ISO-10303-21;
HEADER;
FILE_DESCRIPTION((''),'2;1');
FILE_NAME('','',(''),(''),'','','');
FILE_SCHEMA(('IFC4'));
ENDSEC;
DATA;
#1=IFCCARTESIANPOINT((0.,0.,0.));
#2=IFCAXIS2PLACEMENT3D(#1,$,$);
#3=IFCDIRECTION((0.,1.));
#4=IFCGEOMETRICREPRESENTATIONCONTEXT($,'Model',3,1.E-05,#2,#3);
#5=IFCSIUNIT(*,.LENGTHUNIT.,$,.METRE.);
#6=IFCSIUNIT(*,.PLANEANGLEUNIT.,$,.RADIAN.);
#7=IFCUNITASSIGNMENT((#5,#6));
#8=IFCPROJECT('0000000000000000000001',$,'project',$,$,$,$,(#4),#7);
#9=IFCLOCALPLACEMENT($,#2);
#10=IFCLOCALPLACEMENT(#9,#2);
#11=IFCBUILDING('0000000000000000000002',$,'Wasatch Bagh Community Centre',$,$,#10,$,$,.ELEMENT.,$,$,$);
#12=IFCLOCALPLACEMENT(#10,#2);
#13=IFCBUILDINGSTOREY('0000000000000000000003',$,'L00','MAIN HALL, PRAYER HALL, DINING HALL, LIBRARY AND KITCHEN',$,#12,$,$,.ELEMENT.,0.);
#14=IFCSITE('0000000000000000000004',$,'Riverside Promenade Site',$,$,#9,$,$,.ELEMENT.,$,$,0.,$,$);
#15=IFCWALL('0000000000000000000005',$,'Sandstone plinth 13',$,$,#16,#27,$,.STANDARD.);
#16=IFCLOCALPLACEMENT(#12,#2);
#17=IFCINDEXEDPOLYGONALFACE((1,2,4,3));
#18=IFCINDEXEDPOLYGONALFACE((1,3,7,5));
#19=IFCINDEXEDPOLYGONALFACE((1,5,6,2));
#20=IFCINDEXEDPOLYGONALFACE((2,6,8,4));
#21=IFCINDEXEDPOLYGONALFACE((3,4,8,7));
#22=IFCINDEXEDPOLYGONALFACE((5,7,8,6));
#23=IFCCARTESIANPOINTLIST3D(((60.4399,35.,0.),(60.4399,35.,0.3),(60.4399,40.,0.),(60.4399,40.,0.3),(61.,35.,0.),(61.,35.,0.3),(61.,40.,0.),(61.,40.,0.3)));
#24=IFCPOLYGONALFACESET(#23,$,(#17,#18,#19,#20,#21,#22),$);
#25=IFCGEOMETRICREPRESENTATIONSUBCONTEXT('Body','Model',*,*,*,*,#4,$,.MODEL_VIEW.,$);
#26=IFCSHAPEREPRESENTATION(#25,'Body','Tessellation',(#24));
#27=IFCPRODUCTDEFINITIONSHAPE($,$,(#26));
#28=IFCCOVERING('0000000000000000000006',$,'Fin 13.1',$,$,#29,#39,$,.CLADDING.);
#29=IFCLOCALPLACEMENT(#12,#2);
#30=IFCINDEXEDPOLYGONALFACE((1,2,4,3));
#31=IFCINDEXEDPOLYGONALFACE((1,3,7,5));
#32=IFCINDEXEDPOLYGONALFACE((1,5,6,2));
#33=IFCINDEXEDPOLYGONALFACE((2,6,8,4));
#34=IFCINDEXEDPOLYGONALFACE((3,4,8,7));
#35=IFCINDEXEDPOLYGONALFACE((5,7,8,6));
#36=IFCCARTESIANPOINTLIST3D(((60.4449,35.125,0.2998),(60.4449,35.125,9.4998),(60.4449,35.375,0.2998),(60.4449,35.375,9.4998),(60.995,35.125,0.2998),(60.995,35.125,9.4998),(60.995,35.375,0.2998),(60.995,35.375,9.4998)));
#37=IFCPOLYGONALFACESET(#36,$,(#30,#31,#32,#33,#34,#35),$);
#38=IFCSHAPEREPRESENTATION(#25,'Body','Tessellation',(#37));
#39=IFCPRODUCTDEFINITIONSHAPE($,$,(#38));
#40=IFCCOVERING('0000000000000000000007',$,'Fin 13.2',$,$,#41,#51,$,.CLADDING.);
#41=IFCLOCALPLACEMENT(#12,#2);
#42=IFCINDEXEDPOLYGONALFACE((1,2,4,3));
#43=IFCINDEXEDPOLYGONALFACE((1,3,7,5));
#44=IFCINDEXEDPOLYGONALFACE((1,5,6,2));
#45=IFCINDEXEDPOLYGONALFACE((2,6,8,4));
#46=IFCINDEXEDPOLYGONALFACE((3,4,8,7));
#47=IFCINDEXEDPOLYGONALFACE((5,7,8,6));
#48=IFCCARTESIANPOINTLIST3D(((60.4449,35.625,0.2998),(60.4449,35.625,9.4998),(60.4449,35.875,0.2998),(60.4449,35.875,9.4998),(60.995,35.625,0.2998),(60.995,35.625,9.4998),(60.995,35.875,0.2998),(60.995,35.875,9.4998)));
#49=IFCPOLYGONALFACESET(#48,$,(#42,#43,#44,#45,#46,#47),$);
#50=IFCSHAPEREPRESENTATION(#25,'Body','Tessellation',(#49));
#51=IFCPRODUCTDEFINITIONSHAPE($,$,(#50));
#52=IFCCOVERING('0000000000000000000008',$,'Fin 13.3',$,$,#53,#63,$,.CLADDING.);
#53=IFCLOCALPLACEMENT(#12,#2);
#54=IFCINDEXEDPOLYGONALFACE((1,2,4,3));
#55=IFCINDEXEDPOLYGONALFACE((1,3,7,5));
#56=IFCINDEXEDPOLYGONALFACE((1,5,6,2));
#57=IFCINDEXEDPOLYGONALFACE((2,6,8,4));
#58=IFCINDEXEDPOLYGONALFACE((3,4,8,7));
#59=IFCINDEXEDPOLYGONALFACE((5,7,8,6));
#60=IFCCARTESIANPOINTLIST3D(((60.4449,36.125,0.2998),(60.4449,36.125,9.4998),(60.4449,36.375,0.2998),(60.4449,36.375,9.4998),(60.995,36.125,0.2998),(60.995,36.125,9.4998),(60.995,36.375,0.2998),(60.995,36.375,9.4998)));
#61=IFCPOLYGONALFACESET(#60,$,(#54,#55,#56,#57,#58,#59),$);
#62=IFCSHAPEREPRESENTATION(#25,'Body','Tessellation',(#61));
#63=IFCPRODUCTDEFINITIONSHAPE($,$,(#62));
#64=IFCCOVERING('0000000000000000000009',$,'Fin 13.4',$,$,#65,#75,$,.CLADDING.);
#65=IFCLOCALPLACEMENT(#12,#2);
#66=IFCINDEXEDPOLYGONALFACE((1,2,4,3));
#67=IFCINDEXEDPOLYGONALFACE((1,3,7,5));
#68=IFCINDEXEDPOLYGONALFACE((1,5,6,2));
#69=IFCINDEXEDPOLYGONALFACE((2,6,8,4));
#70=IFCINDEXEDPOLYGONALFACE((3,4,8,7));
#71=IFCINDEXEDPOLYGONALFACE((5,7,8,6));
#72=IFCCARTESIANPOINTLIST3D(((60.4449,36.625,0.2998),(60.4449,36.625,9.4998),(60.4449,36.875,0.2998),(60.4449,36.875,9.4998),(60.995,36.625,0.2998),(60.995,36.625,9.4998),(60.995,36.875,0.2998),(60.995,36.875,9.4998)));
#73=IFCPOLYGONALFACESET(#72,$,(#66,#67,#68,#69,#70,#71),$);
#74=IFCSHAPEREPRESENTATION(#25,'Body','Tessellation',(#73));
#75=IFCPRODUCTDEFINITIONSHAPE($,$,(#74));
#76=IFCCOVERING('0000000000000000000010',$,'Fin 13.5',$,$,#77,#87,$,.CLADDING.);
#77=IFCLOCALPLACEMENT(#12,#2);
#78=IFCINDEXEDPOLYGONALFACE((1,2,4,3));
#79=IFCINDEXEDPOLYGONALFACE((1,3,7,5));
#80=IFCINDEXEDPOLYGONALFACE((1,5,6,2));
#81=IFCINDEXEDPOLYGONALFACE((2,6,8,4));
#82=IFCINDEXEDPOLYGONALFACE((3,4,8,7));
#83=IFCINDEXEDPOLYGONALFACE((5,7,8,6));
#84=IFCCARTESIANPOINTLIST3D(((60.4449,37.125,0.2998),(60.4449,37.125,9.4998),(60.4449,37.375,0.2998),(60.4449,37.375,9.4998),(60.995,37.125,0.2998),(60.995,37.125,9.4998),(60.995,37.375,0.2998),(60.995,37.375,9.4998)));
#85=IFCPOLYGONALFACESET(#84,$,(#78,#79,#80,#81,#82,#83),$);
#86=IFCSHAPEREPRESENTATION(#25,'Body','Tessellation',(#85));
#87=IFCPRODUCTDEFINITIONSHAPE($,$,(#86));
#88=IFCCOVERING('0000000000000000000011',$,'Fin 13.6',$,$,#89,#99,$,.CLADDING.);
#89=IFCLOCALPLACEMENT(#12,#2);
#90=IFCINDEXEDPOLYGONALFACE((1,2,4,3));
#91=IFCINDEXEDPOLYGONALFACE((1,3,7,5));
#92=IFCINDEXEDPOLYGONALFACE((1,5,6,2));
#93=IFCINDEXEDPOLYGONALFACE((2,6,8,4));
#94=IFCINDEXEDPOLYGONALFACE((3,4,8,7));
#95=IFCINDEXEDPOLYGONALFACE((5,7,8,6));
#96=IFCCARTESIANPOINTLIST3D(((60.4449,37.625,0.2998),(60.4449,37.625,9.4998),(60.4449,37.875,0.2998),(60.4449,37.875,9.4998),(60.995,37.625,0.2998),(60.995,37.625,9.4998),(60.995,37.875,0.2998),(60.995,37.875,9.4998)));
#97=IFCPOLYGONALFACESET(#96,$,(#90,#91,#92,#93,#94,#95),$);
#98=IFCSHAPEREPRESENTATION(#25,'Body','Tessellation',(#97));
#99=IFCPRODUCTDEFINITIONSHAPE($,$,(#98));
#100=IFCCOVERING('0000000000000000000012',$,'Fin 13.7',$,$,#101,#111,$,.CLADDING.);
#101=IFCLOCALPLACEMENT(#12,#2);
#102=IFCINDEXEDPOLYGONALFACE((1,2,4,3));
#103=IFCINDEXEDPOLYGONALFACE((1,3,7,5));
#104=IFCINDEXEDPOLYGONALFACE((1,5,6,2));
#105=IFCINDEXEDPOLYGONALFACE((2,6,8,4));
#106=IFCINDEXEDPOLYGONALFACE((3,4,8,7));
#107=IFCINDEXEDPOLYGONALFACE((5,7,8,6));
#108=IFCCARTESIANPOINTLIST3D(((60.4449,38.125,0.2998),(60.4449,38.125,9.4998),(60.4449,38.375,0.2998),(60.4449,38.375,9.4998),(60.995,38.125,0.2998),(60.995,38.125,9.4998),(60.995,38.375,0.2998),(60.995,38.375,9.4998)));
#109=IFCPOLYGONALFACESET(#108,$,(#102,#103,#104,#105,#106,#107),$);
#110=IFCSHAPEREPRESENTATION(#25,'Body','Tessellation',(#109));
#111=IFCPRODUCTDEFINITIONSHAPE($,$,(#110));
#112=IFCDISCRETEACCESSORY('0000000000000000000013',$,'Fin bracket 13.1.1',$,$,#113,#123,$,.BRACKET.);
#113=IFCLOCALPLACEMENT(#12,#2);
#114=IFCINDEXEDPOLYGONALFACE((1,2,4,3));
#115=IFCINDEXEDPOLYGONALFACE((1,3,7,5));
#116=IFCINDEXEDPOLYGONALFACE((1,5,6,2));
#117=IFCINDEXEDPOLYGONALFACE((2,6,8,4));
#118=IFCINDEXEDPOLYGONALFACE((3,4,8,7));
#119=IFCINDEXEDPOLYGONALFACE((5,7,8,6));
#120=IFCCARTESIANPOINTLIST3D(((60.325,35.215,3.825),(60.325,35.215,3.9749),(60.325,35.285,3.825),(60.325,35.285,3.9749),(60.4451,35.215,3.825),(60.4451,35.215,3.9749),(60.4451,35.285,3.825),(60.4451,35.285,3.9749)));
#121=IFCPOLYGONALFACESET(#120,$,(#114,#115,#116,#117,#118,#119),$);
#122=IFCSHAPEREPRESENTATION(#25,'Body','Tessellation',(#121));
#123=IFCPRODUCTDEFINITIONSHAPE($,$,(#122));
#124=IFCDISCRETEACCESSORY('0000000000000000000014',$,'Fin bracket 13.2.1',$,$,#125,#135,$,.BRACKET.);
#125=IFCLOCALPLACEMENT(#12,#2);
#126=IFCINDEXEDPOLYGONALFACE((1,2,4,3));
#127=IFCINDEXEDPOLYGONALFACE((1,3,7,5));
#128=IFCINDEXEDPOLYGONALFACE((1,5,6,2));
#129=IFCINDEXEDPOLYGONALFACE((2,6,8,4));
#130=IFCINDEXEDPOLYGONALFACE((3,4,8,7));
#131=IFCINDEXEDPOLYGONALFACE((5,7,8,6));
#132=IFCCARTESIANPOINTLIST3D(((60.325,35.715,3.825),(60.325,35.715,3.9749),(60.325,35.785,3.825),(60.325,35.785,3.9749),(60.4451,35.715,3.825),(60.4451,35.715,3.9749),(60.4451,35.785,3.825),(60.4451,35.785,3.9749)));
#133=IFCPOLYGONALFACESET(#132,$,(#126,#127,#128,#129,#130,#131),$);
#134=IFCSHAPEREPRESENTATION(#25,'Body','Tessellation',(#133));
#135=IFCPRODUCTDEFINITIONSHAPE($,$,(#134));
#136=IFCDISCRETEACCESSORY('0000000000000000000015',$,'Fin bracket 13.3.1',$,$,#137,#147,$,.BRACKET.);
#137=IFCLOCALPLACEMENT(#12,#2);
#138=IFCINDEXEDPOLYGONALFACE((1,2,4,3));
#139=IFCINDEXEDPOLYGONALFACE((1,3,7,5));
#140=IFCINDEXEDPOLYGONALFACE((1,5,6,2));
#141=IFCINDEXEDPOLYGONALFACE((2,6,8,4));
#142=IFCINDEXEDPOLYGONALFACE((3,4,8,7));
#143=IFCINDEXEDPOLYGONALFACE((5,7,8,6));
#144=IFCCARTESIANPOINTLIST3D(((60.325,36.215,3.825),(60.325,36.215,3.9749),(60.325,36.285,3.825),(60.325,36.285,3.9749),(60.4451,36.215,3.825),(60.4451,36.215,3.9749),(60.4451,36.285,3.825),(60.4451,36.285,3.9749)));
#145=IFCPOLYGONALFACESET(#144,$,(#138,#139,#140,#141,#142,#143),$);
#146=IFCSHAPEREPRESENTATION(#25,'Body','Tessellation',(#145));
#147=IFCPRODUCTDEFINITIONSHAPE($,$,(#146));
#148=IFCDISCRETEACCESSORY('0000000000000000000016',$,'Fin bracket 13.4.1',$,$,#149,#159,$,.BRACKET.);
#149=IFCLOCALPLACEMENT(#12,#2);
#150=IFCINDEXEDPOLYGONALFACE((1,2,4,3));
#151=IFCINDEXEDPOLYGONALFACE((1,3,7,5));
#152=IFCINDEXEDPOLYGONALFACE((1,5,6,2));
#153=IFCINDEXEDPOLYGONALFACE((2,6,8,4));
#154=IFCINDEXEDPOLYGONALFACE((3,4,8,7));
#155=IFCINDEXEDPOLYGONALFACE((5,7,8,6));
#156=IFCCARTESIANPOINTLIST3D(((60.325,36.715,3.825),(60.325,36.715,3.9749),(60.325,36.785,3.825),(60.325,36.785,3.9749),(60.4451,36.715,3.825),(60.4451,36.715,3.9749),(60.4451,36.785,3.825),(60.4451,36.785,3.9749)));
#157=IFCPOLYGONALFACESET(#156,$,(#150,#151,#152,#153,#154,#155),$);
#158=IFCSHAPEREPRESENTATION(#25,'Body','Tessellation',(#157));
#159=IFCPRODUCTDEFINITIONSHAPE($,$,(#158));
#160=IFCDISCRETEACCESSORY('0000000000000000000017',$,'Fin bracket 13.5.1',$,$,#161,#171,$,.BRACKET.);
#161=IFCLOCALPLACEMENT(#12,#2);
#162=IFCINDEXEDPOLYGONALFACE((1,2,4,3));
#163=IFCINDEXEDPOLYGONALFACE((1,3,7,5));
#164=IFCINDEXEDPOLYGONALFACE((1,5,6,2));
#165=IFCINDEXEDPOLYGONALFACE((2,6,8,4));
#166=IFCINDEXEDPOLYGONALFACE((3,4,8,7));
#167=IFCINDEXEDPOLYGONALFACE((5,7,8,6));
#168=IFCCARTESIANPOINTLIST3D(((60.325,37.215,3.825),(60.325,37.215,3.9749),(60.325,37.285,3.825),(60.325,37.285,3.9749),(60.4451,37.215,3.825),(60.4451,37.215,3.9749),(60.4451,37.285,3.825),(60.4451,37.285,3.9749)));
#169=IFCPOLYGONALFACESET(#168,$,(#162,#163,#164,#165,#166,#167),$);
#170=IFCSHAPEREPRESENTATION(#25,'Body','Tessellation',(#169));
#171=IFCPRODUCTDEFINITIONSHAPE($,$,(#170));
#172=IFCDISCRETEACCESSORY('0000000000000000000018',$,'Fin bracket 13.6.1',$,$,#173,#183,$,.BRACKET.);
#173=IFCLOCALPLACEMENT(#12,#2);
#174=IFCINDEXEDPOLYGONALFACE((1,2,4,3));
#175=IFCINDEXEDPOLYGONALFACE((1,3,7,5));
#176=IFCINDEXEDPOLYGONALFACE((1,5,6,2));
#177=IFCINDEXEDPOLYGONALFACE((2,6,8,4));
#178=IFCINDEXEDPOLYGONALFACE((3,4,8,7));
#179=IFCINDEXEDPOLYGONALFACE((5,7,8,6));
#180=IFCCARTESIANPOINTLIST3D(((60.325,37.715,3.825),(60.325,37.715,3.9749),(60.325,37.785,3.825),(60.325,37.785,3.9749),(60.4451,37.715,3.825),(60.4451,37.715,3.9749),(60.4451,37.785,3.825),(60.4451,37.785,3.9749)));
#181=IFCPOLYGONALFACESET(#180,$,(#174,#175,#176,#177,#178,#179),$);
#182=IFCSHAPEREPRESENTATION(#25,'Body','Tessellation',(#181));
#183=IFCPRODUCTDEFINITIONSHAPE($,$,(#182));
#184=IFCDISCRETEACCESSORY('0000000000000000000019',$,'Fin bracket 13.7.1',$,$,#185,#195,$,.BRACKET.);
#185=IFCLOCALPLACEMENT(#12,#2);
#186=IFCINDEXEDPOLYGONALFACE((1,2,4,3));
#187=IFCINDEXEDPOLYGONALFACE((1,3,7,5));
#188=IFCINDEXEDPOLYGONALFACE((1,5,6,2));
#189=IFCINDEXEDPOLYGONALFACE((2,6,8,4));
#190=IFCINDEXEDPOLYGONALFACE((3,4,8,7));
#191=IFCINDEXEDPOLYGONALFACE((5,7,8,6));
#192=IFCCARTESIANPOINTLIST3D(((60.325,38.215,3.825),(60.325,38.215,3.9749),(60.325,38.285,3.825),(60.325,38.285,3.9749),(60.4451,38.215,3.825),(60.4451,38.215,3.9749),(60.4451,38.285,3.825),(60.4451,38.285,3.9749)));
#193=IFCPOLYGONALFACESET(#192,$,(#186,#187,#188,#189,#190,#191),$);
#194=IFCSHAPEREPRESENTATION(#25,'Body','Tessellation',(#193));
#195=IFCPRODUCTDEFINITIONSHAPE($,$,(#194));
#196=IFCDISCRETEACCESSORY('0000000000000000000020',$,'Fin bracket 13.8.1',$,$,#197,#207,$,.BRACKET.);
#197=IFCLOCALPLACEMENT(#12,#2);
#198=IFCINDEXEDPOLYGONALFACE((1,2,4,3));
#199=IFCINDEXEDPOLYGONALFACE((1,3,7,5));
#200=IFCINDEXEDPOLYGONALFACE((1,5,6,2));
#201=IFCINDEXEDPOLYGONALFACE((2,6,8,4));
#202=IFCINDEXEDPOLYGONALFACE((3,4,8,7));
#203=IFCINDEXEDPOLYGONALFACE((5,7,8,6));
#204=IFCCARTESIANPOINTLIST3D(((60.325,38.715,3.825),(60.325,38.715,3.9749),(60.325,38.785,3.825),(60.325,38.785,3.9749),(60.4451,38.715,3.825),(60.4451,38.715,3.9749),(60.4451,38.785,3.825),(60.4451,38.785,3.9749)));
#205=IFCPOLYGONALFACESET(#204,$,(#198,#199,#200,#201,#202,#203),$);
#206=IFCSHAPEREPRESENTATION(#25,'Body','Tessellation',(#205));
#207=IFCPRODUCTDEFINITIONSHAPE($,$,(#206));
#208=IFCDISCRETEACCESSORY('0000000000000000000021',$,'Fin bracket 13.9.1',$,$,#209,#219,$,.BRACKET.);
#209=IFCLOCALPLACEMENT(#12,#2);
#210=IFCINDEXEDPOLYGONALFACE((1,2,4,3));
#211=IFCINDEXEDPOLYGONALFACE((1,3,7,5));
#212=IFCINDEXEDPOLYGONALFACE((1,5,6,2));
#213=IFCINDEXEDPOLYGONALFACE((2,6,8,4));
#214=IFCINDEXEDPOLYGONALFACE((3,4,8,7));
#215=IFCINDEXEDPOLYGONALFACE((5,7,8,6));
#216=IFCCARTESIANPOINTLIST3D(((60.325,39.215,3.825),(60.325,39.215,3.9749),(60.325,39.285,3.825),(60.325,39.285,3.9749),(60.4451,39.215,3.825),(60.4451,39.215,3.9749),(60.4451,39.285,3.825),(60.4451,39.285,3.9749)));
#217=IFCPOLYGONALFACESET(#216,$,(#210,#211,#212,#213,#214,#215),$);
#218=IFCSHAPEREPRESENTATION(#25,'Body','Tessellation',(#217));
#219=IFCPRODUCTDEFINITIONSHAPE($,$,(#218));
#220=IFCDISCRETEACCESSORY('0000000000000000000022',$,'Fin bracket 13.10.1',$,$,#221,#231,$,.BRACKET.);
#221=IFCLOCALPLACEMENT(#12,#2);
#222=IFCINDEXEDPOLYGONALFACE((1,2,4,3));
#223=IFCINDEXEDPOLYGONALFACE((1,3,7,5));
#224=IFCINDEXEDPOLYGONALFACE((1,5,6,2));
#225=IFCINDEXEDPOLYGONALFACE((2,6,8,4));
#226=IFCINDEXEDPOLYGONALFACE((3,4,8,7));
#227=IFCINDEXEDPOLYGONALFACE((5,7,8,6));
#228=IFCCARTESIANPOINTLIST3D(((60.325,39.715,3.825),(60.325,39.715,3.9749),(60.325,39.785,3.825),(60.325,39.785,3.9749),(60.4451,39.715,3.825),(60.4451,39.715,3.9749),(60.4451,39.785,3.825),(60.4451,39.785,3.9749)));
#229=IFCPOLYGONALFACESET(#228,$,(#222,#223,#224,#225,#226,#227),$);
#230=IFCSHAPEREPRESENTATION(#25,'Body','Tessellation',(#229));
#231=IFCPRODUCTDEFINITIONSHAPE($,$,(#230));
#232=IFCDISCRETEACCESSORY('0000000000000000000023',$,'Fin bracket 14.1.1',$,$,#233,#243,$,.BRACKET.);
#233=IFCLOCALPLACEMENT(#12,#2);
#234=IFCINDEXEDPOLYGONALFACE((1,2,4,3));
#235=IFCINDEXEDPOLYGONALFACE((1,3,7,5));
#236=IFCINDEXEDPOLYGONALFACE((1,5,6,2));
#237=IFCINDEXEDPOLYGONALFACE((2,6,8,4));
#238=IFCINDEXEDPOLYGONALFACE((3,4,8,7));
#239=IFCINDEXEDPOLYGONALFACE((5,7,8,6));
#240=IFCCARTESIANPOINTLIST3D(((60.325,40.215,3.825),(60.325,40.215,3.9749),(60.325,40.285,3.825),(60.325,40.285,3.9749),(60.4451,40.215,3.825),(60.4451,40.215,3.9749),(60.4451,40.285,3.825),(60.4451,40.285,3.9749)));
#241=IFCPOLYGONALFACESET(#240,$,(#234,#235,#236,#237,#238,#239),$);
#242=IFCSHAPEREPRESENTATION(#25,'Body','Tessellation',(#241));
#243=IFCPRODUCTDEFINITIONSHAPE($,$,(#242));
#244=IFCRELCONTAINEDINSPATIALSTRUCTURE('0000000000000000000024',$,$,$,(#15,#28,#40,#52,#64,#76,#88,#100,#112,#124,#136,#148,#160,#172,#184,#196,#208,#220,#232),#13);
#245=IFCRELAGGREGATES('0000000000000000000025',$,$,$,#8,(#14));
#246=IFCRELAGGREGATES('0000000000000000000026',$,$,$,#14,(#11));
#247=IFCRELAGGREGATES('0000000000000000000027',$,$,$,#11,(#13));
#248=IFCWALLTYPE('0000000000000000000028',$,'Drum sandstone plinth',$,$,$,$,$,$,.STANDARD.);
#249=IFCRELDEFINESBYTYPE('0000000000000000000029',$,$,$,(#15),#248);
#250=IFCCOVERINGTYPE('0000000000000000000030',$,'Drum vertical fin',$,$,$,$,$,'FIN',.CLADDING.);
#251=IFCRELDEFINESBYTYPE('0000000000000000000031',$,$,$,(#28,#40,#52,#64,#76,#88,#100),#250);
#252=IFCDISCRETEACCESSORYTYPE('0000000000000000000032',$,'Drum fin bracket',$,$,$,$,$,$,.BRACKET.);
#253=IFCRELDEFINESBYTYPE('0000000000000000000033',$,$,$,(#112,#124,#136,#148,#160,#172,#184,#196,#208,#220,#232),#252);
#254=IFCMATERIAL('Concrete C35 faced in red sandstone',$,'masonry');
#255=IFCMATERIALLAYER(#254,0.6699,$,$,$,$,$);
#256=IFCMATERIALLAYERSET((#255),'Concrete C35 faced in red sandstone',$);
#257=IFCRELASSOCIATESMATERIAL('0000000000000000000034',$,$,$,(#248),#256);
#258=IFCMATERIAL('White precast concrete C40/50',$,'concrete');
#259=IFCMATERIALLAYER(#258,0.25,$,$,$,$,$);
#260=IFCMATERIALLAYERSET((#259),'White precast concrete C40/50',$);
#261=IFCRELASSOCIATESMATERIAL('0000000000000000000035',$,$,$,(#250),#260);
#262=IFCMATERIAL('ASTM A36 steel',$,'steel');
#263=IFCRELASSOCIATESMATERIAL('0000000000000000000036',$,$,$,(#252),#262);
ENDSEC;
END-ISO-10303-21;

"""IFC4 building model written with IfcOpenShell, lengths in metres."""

from ifc_helpers import new_model, si_unit, direction, frame, frame_2d, origin, origin_2d, place, context, subcontext, project, spatial, rectangle, extrude, material, layer, layer_set, type_object, element, save


model = new_model("IFC4")

# Units and contexts
model_context = context("Model", 3, precision=1e-05, world=origin(), true_north=direction((0.0, 1.0)))
body_context = subcontext(model_context, "Body", "Model", "MODEL_VIEW")
ifc_project = project(units=[si_unit("LENGTHUNIT", "METRE"), si_unit("PLANEANGLEUNIT", "RADIAN")], contexts=[model_context])

# Site, building, storey
site_placement = place(None, origin())
site = spatial("IfcSite", under=ifc_project, at=site_placement, Name="Riverside Promenade Site", CompositionType="ELEMENT", RefElevation=0.0)
building_placement = place(site_placement, origin())
building = spatial("IfcBuilding", under=site, at=building_placement, Name="Wasatch Bagh Community Centre", CompositionType="ELEMENT")
storey_placement = place(building_placement, origin())
storey = spatial("IfcBuildingStorey", under=building, at=storey_placement, Name="L00", Description="MAIN HALL, PRAYER HALL, DINING HALL, LIBRARY AND KITCHEN", CompositionType="ELEMENT", Elevation=0.0)

# Wall
ifc_material_1 = material(Name="Concrete C35 faced in red sandstone", Category="masonry")
ifc_layer_1 = layer(ifc_material_1, 0.6699)
ifc_layer_set_1 = layer_set([ifc_layer_1], Name="Concrete C35 faced in red sandstone")
wall_type = type_object("IfcWallType", Name="Drum sandstone plinth", PredefinedType="STANDARD", material=ifc_layer_set_1)
wall_placement = place(storey_placement, frame((60.72, 35.0, 0.0), z_axis=(0.0, 0.0, 1.0), x_axis=(0.0, 1.0, 0.0)))
element("IfcWall", 1, at=wall_placement, inside=storey, type_object=wall_type, Name="Sandstone plinth 13", PredefinedType="STANDARD", context=body_context, shape_type="SweptSolid", body=[
    extrude(rectangle(XDim=5.0, YDim=0.5601, at=frame_2d((2.5, 0.0))), origin(), (0.0, 0.0, 1.0), 0.3),
])

# Coverings
ifc_material_2 = material(Name="White precast concrete C40/50", Category="concrete")
ifc_layer_2 = layer(ifc_material_2, 0.25)
ifc_layer_set_2 = layer_set([ifc_layer_2], Name="White precast concrete C40/50")
covering_type = type_object("IfcCoveringType", Name="Drum vertical fin", ElementType="FIN", PredefinedType="CLADDING", material=ifc_layer_set_2)
for number, where, z_axis, x_axis, name in (
    (2, (60.72, 35.25, 0.2998), (0.0, 0.0, 1.0), (0.0, 1.0, 0.0), "Fin 13.1"),
    (3, (60.72, 35.75, 0.2998), (0.0, 0.0, 1.0), (0.0, 1.0, 0.0), "Fin 13.2"),
    (4, (60.72, 36.25, 0.2998), (0.0, 0.0, 1.0), (0.0, 1.0, 0.0), "Fin 13.3"),
    (5, (60.72, 36.75, 0.2998), (0.0, 0.0, 1.0), (0.0, 1.0, 0.0), "Fin 13.4"),
    (6, (60.72, 37.25, 0.2998), (0.0, 0.0, 1.0), (0.0, 1.0, 0.0), "Fin 13.5"),
    (7, (60.72, 37.75, 0.2998), (0.0, 0.0, 1.0), (0.0, 1.0, 0.0), "Fin 13.6"),
    (8, (60.72, 38.25, 0.2998), (0.0, 0.0, 1.0), (0.0, 1.0, 0.0), "Fin 13.7"),
):
    element("IfcCovering", number, at=place(storey_placement, frame(where, z_axis=z_axis, x_axis=x_axis)), inside=storey, type_object=covering_type, Name=name, PredefinedType="CLADDING", context=body_context, shape_type="SweptSolid", body=[
        extrude(rectangle(XDim=0.25, YDim=0.55, at=origin_2d()), origin(), (0.0, 0.0, 1.0), 9.2),
    ])

# Discrete accessories
ifc_material_3 = material(Name="ASTM A36 steel", Category="steel")
discrete_accessory_type = type_object("IfcDiscreteAccessoryType", Name="Drum fin bracket", PredefinedType="BRACKET", material=ifc_material_3)
for number, where, z_axis, x_axis, name in (
    (9, (60.385, 35.25, 3.825), (0.0, 0.0, 1.0), (0.0, 1.0, 0.0), "Fin bracket 13.1.1"),
    (10, (60.385, 35.75, 3.825), (0.0, 0.0, 1.0), (0.0, 1.0, 0.0), "Fin bracket 13.2.1"),
    (11, (60.385, 36.25, 3.825), (0.0, 0.0, 1.0), (0.0, 1.0, 0.0), "Fin bracket 13.3.1"),
    (12, (60.385, 36.75, 3.825), (0.0, 0.0, 1.0), (0.0, 1.0, 0.0), "Fin bracket 13.4.1"),
    (13, (60.385, 37.25, 3.825), (0.0, 0.0, 1.0), (0.0, 1.0, 0.0), "Fin bracket 13.5.1"),
    (14, (60.385, 37.75, 3.825), (0.0, 0.0, 1.0), (0.0, 1.0, 0.0), "Fin bracket 13.6.1"),
    (15, (60.385, 38.25, 3.825), (0.0, 0.0, 1.0), (0.0, 1.0, 0.0), "Fin bracket 13.7.1"),
    (16, (60.385, 38.75, 3.825), (0.0, 0.0, 1.0), (0.0, 1.0, 0.0), "Fin bracket 13.8.1"),
    (17, (60.385, 39.25, 3.825), (0.0, 0.0, 1.0), (0.0, 1.0, 0.0), "Fin bracket 13.9.1"),
    (18, (60.385, 39.75, 3.825), (0.0, 0.0, 1.0), (0.0, 1.0, 0.0), "Fin bracket 13.10.1"),
    (19, (60.385, 40.25, 3.825), (0.0, 0.0, 1.0), (0.0, 1.0, 0.0), "Fin bracket 14.1.1"),
):
    element("IfcDiscreteAccessory", number, at=place(storey_placement, frame(where, z_axis=z_axis, x_axis=x_axis)), inside=storey, type_object=discrete_accessory_type, Name=name, PredefinedType="BRACKET", context=body_context, shape_type="SweptSolid", body=[
        extrude(rectangle(XDim=0.0701, YDim=0.1201, at=origin_2d()), origin(), (0.0, 0.0, 1.0), 0.1499),
    ])

save(model, "model.ifc")
